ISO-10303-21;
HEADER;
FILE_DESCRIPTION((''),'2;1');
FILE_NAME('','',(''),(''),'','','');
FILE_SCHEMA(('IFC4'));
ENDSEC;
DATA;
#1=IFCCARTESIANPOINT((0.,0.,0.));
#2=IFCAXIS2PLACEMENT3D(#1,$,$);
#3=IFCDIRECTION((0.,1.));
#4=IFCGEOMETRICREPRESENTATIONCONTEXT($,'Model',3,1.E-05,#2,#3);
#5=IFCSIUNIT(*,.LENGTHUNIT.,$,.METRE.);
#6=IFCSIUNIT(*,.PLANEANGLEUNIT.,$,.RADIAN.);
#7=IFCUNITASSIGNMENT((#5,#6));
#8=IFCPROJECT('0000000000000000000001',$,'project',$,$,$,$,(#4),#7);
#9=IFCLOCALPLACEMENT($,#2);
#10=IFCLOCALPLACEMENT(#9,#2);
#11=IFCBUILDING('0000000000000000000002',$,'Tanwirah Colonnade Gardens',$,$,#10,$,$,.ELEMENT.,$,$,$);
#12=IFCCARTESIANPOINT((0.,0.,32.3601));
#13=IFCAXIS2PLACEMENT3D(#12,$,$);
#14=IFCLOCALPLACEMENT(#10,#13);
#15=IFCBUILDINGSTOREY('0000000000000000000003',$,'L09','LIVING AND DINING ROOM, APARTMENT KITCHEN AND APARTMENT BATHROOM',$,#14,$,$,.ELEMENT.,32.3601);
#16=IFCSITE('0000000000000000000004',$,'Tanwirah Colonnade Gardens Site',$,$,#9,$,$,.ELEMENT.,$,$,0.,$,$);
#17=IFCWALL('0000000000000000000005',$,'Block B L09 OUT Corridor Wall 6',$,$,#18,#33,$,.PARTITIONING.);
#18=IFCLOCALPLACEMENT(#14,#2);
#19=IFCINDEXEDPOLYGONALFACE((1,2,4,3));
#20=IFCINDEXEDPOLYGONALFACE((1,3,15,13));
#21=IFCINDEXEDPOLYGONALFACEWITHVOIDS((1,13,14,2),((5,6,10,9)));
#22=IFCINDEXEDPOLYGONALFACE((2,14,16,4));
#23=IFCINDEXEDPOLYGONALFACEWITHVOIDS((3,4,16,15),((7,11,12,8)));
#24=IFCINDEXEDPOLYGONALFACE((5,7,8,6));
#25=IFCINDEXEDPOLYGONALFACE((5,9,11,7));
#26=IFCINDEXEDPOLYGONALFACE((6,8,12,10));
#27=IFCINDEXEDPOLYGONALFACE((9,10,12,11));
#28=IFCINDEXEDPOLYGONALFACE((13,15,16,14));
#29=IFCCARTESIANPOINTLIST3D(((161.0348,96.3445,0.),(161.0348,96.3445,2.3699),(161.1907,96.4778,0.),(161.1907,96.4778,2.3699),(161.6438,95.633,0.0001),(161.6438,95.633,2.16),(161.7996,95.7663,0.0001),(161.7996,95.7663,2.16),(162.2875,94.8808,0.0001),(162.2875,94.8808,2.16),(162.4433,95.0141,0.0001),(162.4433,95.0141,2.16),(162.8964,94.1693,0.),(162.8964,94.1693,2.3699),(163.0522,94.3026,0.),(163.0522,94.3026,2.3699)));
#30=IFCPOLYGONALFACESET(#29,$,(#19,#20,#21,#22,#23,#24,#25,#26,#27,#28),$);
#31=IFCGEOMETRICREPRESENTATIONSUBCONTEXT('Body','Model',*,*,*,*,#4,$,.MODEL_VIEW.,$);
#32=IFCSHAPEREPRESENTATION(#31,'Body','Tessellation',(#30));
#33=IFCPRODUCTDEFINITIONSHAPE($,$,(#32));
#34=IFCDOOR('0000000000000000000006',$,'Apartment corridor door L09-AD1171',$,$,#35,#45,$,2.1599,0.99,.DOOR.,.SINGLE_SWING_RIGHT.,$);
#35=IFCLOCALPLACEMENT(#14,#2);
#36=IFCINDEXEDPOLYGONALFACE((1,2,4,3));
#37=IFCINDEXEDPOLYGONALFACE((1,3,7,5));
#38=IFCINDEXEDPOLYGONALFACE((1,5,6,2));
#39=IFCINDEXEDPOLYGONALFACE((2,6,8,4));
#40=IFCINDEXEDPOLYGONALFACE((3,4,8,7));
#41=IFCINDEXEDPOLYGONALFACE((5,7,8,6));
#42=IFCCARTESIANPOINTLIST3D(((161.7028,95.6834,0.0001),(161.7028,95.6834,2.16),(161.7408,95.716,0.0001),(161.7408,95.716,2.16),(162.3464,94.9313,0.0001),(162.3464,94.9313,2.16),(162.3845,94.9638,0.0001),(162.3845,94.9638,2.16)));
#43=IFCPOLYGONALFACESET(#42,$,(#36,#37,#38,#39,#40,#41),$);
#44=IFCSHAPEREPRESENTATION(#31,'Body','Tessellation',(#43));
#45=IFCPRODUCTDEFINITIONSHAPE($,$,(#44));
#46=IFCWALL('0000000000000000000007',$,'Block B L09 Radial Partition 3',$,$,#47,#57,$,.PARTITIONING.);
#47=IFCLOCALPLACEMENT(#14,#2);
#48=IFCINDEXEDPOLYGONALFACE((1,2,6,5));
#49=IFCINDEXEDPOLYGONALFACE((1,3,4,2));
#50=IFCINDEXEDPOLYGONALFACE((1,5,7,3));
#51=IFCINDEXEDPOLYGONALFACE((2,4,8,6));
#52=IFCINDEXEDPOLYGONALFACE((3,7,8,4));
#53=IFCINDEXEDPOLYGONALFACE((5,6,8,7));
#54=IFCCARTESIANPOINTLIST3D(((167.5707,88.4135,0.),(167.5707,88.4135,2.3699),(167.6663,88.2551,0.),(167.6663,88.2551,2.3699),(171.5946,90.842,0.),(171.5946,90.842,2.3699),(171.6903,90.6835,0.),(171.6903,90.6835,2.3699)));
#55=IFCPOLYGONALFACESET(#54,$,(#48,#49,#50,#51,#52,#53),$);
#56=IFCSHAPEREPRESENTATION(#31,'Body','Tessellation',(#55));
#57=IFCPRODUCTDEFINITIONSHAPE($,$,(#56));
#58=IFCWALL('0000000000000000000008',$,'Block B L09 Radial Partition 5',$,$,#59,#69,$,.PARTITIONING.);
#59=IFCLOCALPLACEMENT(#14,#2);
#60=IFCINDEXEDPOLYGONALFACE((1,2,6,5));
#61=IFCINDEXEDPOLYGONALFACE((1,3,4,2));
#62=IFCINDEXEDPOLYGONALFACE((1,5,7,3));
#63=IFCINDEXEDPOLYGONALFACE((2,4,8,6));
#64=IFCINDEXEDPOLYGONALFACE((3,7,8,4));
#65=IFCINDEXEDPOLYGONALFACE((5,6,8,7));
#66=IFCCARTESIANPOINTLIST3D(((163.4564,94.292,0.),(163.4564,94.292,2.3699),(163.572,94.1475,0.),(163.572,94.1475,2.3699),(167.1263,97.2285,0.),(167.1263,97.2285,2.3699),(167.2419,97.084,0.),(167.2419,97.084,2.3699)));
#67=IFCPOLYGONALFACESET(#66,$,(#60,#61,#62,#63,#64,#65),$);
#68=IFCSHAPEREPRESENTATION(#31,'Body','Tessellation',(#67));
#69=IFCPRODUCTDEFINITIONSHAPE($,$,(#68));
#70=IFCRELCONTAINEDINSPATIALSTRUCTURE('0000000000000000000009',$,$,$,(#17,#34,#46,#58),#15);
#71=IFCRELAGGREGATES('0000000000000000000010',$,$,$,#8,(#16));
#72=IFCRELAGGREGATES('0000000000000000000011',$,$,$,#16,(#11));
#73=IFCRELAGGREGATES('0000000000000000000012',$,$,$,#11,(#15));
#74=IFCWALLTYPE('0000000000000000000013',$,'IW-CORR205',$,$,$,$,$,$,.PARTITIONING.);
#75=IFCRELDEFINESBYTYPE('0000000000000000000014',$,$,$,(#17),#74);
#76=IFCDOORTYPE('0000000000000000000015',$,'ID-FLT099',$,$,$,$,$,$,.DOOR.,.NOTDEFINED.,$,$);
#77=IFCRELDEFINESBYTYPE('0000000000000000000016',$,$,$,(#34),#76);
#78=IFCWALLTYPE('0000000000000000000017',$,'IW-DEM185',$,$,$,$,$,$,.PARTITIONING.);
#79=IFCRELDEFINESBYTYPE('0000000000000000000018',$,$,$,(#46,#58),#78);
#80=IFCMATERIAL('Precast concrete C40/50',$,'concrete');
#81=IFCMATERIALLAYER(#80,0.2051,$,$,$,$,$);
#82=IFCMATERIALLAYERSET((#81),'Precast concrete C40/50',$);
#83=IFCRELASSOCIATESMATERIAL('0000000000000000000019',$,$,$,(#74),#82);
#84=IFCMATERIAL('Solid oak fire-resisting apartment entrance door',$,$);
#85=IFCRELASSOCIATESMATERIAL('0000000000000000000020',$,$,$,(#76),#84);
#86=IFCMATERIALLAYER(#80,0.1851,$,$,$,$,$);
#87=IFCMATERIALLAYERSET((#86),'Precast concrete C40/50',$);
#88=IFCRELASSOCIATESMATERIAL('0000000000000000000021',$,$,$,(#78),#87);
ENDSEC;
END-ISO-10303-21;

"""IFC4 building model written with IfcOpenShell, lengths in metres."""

from ifc_helpers import new_model, si_unit, direction, frame, frame_2d, origin, place, context, subcontext, project, spatial, rectangle, extrude, material, layer, layer_set, type_object, element, fill, save


model = new_model("IFC4")

# Units and contexts
model_context = context("Model", 3, precision=1e-05, world=origin(), true_north=direction((0.0, 1.0)))
body_context = subcontext(model_context, "Body", "Model", "MODEL_VIEW")
ifc_project = project(units=[si_unit("LENGTHUNIT", "METRE"), si_unit("PLANEANGLEUNIT", "RADIAN")], contexts=[model_context])

# Site, building, storey
site_placement = place(None, origin())
site = spatial("IfcSite", under=ifc_project, at=site_placement, Name="Tanwirah Colonnade Gardens Site", CompositionType="ELEMENT", RefElevation=0.0)
building_placement = place(site_placement, origin())
building = spatial("IfcBuilding", under=site, at=building_placement, Name="Tanwirah Colonnade Gardens", CompositionType="ELEMENT")
storey_placement = place(building_placement, frame((0.0, 0.0, 32.3601)))
storey = spatial("IfcBuildingStorey", under=building, at=storey_placement, Name="L09", Description="LIVING AND DINING ROOM, APARTMENT KITCHEN AND APARTMENT BATHROOM", CompositionType="ELEMENT", Elevation=32.3601)

# Shared definitions
ifc_material_1 = material(Name="Precast concrete C40/50", Category="concrete")

# Wall, opening, door
ifc_layer_1 = layer(ifc_material_1, 0.2051)
ifc_layer_set_1 = layer_set([ifc_layer_1], Name="Precast concrete C40/50")
wall_type_1 = type_object("IfcWallType", Name="IW-CORR205", PredefinedType="PARTITIONING", material=ifc_layer_set_1)
ifc_material_2 = material(Name="Solid oak fire-resisting apartment entrance door")
wall_1_placement = place(storey_placement, frame((162.9744, 94.2358, 0.0), z_axis=(0.0, 0.0, 1.0), x_axis=(-0.650194, 0.759768, 0.0)))
wall_1 = element("IfcWall", 1, at=wall_1_placement, inside=storey, type_object=wall_type_1, Name="Block B L09 OUT Corridor Wall 6", PredefinedType="PARTITIONING", context=body_context, shape_type="SweptSolid", body=[
    extrude(rectangle(XDim=2.863, YDim=0.2051, at=frame_2d((1.4316, 0.0))), origin(), (0.0, 0.0, 1.0), 2.3699),
])
opening_1_placement = place(wall_1_placement, frame((0.9365, 0.0, 0.0)))
opening_1 = element("IfcOpeningElement", 2, at=opening_1_placement, cuts=wall_1, PredefinedType="OPENING", context=body_context, shape_type="SweptSolid", body=[
    extrude(rectangle(XDim=0.99, YDim=2.1599, at=frame_2d((0.4951, 1.0801))), frame((0.0, 0.1125, 0.0), z_axis=(0.0, -1.0, 0.0), x_axis=(1.0, 0.0, 0.0)), (0.0, 0.0, 1.0), 0.2251),
])
door_type_1 = type_object("IfcDoorType", Name="ID-FLT099", OperationType="NOTDEFINED", PredefinedType="DOOR", material=ifc_material_2)
door_1_placement = place(opening_1_placement, origin())
door_1 = element("IfcDoor", 3, at=door_1_placement, inside=storey, type_object=door_type_1, Name="Apartment corridor door L09-AD1171", OperationType="SINGLE_SWING_RIGHT", OverallHeight=2.1599, OverallWidth=0.99, PredefinedType="DOOR", context=body_context, shape_type="SweptSolid", body=[
    extrude(rectangle(XDim=0.99, YDim=2.1599, at=frame_2d((0.4951, 1.0801))), frame((0.0, 0.0249, 0.0), z_axis=(0.0, -1.0, 0.0), x_axis=(1.0, 0.0, 0.0)), (0.0, 0.0, 1.0), 0.05),
])
fill(opening_1, door_1)

# Walls
ifc_layer_2 = layer(ifc_material_1, 0.1851)
ifc_layer_set_2 = layer_set([ifc_layer_2], Name="Precast concrete C40/50")
wall_type_2 = type_object("IfcWallType", Name="IW-DEM185", PredefinedType="PARTITIONING", material=ifc_layer_set_2)
wall_2_placement = place(storey_placement, frame((167.6184, 88.3342, 0.0), z_axis=(0.0, 0.0, 1.0), x_axis=(0.856165, 0.516702, 0.0)))
element("IfcWall", 4, at=wall_2_placement, inside=storey, type_object=wall_type_2, Name="Block B L09 Radial Partition 3", PredefinedType="PARTITIONING", context=body_context, shape_type="SweptSolid", body=[
    extrude(rectangle(XDim=4.7, YDim=0.1851, at=frame_2d((2.3501, 0.0))), origin(), (0.0, 0.0, 1.0), 2.3699),
])
wall_3_placement = place(storey_placement, frame((163.5142, 94.2197, 0.0), z_axis=(0.0, 0.0, 1.0), x_axis=(0.780808, 0.624771, 0.0)))
element("IfcWall", 5, at=wall_3_placement, inside=storey, type_object=wall_type_2, Name="Block B L09 Radial Partition 5", PredefinedType="PARTITIONING", context=body_context, shape_type="SweptSolid", body=[
    extrude(rectangle(XDim=4.7002, YDim=0.1851, at=frame_2d((2.3501, 0.0))), origin(), (0.0, 0.0, 1.0), 2.3699),
])

save(model, "model.ifc")
